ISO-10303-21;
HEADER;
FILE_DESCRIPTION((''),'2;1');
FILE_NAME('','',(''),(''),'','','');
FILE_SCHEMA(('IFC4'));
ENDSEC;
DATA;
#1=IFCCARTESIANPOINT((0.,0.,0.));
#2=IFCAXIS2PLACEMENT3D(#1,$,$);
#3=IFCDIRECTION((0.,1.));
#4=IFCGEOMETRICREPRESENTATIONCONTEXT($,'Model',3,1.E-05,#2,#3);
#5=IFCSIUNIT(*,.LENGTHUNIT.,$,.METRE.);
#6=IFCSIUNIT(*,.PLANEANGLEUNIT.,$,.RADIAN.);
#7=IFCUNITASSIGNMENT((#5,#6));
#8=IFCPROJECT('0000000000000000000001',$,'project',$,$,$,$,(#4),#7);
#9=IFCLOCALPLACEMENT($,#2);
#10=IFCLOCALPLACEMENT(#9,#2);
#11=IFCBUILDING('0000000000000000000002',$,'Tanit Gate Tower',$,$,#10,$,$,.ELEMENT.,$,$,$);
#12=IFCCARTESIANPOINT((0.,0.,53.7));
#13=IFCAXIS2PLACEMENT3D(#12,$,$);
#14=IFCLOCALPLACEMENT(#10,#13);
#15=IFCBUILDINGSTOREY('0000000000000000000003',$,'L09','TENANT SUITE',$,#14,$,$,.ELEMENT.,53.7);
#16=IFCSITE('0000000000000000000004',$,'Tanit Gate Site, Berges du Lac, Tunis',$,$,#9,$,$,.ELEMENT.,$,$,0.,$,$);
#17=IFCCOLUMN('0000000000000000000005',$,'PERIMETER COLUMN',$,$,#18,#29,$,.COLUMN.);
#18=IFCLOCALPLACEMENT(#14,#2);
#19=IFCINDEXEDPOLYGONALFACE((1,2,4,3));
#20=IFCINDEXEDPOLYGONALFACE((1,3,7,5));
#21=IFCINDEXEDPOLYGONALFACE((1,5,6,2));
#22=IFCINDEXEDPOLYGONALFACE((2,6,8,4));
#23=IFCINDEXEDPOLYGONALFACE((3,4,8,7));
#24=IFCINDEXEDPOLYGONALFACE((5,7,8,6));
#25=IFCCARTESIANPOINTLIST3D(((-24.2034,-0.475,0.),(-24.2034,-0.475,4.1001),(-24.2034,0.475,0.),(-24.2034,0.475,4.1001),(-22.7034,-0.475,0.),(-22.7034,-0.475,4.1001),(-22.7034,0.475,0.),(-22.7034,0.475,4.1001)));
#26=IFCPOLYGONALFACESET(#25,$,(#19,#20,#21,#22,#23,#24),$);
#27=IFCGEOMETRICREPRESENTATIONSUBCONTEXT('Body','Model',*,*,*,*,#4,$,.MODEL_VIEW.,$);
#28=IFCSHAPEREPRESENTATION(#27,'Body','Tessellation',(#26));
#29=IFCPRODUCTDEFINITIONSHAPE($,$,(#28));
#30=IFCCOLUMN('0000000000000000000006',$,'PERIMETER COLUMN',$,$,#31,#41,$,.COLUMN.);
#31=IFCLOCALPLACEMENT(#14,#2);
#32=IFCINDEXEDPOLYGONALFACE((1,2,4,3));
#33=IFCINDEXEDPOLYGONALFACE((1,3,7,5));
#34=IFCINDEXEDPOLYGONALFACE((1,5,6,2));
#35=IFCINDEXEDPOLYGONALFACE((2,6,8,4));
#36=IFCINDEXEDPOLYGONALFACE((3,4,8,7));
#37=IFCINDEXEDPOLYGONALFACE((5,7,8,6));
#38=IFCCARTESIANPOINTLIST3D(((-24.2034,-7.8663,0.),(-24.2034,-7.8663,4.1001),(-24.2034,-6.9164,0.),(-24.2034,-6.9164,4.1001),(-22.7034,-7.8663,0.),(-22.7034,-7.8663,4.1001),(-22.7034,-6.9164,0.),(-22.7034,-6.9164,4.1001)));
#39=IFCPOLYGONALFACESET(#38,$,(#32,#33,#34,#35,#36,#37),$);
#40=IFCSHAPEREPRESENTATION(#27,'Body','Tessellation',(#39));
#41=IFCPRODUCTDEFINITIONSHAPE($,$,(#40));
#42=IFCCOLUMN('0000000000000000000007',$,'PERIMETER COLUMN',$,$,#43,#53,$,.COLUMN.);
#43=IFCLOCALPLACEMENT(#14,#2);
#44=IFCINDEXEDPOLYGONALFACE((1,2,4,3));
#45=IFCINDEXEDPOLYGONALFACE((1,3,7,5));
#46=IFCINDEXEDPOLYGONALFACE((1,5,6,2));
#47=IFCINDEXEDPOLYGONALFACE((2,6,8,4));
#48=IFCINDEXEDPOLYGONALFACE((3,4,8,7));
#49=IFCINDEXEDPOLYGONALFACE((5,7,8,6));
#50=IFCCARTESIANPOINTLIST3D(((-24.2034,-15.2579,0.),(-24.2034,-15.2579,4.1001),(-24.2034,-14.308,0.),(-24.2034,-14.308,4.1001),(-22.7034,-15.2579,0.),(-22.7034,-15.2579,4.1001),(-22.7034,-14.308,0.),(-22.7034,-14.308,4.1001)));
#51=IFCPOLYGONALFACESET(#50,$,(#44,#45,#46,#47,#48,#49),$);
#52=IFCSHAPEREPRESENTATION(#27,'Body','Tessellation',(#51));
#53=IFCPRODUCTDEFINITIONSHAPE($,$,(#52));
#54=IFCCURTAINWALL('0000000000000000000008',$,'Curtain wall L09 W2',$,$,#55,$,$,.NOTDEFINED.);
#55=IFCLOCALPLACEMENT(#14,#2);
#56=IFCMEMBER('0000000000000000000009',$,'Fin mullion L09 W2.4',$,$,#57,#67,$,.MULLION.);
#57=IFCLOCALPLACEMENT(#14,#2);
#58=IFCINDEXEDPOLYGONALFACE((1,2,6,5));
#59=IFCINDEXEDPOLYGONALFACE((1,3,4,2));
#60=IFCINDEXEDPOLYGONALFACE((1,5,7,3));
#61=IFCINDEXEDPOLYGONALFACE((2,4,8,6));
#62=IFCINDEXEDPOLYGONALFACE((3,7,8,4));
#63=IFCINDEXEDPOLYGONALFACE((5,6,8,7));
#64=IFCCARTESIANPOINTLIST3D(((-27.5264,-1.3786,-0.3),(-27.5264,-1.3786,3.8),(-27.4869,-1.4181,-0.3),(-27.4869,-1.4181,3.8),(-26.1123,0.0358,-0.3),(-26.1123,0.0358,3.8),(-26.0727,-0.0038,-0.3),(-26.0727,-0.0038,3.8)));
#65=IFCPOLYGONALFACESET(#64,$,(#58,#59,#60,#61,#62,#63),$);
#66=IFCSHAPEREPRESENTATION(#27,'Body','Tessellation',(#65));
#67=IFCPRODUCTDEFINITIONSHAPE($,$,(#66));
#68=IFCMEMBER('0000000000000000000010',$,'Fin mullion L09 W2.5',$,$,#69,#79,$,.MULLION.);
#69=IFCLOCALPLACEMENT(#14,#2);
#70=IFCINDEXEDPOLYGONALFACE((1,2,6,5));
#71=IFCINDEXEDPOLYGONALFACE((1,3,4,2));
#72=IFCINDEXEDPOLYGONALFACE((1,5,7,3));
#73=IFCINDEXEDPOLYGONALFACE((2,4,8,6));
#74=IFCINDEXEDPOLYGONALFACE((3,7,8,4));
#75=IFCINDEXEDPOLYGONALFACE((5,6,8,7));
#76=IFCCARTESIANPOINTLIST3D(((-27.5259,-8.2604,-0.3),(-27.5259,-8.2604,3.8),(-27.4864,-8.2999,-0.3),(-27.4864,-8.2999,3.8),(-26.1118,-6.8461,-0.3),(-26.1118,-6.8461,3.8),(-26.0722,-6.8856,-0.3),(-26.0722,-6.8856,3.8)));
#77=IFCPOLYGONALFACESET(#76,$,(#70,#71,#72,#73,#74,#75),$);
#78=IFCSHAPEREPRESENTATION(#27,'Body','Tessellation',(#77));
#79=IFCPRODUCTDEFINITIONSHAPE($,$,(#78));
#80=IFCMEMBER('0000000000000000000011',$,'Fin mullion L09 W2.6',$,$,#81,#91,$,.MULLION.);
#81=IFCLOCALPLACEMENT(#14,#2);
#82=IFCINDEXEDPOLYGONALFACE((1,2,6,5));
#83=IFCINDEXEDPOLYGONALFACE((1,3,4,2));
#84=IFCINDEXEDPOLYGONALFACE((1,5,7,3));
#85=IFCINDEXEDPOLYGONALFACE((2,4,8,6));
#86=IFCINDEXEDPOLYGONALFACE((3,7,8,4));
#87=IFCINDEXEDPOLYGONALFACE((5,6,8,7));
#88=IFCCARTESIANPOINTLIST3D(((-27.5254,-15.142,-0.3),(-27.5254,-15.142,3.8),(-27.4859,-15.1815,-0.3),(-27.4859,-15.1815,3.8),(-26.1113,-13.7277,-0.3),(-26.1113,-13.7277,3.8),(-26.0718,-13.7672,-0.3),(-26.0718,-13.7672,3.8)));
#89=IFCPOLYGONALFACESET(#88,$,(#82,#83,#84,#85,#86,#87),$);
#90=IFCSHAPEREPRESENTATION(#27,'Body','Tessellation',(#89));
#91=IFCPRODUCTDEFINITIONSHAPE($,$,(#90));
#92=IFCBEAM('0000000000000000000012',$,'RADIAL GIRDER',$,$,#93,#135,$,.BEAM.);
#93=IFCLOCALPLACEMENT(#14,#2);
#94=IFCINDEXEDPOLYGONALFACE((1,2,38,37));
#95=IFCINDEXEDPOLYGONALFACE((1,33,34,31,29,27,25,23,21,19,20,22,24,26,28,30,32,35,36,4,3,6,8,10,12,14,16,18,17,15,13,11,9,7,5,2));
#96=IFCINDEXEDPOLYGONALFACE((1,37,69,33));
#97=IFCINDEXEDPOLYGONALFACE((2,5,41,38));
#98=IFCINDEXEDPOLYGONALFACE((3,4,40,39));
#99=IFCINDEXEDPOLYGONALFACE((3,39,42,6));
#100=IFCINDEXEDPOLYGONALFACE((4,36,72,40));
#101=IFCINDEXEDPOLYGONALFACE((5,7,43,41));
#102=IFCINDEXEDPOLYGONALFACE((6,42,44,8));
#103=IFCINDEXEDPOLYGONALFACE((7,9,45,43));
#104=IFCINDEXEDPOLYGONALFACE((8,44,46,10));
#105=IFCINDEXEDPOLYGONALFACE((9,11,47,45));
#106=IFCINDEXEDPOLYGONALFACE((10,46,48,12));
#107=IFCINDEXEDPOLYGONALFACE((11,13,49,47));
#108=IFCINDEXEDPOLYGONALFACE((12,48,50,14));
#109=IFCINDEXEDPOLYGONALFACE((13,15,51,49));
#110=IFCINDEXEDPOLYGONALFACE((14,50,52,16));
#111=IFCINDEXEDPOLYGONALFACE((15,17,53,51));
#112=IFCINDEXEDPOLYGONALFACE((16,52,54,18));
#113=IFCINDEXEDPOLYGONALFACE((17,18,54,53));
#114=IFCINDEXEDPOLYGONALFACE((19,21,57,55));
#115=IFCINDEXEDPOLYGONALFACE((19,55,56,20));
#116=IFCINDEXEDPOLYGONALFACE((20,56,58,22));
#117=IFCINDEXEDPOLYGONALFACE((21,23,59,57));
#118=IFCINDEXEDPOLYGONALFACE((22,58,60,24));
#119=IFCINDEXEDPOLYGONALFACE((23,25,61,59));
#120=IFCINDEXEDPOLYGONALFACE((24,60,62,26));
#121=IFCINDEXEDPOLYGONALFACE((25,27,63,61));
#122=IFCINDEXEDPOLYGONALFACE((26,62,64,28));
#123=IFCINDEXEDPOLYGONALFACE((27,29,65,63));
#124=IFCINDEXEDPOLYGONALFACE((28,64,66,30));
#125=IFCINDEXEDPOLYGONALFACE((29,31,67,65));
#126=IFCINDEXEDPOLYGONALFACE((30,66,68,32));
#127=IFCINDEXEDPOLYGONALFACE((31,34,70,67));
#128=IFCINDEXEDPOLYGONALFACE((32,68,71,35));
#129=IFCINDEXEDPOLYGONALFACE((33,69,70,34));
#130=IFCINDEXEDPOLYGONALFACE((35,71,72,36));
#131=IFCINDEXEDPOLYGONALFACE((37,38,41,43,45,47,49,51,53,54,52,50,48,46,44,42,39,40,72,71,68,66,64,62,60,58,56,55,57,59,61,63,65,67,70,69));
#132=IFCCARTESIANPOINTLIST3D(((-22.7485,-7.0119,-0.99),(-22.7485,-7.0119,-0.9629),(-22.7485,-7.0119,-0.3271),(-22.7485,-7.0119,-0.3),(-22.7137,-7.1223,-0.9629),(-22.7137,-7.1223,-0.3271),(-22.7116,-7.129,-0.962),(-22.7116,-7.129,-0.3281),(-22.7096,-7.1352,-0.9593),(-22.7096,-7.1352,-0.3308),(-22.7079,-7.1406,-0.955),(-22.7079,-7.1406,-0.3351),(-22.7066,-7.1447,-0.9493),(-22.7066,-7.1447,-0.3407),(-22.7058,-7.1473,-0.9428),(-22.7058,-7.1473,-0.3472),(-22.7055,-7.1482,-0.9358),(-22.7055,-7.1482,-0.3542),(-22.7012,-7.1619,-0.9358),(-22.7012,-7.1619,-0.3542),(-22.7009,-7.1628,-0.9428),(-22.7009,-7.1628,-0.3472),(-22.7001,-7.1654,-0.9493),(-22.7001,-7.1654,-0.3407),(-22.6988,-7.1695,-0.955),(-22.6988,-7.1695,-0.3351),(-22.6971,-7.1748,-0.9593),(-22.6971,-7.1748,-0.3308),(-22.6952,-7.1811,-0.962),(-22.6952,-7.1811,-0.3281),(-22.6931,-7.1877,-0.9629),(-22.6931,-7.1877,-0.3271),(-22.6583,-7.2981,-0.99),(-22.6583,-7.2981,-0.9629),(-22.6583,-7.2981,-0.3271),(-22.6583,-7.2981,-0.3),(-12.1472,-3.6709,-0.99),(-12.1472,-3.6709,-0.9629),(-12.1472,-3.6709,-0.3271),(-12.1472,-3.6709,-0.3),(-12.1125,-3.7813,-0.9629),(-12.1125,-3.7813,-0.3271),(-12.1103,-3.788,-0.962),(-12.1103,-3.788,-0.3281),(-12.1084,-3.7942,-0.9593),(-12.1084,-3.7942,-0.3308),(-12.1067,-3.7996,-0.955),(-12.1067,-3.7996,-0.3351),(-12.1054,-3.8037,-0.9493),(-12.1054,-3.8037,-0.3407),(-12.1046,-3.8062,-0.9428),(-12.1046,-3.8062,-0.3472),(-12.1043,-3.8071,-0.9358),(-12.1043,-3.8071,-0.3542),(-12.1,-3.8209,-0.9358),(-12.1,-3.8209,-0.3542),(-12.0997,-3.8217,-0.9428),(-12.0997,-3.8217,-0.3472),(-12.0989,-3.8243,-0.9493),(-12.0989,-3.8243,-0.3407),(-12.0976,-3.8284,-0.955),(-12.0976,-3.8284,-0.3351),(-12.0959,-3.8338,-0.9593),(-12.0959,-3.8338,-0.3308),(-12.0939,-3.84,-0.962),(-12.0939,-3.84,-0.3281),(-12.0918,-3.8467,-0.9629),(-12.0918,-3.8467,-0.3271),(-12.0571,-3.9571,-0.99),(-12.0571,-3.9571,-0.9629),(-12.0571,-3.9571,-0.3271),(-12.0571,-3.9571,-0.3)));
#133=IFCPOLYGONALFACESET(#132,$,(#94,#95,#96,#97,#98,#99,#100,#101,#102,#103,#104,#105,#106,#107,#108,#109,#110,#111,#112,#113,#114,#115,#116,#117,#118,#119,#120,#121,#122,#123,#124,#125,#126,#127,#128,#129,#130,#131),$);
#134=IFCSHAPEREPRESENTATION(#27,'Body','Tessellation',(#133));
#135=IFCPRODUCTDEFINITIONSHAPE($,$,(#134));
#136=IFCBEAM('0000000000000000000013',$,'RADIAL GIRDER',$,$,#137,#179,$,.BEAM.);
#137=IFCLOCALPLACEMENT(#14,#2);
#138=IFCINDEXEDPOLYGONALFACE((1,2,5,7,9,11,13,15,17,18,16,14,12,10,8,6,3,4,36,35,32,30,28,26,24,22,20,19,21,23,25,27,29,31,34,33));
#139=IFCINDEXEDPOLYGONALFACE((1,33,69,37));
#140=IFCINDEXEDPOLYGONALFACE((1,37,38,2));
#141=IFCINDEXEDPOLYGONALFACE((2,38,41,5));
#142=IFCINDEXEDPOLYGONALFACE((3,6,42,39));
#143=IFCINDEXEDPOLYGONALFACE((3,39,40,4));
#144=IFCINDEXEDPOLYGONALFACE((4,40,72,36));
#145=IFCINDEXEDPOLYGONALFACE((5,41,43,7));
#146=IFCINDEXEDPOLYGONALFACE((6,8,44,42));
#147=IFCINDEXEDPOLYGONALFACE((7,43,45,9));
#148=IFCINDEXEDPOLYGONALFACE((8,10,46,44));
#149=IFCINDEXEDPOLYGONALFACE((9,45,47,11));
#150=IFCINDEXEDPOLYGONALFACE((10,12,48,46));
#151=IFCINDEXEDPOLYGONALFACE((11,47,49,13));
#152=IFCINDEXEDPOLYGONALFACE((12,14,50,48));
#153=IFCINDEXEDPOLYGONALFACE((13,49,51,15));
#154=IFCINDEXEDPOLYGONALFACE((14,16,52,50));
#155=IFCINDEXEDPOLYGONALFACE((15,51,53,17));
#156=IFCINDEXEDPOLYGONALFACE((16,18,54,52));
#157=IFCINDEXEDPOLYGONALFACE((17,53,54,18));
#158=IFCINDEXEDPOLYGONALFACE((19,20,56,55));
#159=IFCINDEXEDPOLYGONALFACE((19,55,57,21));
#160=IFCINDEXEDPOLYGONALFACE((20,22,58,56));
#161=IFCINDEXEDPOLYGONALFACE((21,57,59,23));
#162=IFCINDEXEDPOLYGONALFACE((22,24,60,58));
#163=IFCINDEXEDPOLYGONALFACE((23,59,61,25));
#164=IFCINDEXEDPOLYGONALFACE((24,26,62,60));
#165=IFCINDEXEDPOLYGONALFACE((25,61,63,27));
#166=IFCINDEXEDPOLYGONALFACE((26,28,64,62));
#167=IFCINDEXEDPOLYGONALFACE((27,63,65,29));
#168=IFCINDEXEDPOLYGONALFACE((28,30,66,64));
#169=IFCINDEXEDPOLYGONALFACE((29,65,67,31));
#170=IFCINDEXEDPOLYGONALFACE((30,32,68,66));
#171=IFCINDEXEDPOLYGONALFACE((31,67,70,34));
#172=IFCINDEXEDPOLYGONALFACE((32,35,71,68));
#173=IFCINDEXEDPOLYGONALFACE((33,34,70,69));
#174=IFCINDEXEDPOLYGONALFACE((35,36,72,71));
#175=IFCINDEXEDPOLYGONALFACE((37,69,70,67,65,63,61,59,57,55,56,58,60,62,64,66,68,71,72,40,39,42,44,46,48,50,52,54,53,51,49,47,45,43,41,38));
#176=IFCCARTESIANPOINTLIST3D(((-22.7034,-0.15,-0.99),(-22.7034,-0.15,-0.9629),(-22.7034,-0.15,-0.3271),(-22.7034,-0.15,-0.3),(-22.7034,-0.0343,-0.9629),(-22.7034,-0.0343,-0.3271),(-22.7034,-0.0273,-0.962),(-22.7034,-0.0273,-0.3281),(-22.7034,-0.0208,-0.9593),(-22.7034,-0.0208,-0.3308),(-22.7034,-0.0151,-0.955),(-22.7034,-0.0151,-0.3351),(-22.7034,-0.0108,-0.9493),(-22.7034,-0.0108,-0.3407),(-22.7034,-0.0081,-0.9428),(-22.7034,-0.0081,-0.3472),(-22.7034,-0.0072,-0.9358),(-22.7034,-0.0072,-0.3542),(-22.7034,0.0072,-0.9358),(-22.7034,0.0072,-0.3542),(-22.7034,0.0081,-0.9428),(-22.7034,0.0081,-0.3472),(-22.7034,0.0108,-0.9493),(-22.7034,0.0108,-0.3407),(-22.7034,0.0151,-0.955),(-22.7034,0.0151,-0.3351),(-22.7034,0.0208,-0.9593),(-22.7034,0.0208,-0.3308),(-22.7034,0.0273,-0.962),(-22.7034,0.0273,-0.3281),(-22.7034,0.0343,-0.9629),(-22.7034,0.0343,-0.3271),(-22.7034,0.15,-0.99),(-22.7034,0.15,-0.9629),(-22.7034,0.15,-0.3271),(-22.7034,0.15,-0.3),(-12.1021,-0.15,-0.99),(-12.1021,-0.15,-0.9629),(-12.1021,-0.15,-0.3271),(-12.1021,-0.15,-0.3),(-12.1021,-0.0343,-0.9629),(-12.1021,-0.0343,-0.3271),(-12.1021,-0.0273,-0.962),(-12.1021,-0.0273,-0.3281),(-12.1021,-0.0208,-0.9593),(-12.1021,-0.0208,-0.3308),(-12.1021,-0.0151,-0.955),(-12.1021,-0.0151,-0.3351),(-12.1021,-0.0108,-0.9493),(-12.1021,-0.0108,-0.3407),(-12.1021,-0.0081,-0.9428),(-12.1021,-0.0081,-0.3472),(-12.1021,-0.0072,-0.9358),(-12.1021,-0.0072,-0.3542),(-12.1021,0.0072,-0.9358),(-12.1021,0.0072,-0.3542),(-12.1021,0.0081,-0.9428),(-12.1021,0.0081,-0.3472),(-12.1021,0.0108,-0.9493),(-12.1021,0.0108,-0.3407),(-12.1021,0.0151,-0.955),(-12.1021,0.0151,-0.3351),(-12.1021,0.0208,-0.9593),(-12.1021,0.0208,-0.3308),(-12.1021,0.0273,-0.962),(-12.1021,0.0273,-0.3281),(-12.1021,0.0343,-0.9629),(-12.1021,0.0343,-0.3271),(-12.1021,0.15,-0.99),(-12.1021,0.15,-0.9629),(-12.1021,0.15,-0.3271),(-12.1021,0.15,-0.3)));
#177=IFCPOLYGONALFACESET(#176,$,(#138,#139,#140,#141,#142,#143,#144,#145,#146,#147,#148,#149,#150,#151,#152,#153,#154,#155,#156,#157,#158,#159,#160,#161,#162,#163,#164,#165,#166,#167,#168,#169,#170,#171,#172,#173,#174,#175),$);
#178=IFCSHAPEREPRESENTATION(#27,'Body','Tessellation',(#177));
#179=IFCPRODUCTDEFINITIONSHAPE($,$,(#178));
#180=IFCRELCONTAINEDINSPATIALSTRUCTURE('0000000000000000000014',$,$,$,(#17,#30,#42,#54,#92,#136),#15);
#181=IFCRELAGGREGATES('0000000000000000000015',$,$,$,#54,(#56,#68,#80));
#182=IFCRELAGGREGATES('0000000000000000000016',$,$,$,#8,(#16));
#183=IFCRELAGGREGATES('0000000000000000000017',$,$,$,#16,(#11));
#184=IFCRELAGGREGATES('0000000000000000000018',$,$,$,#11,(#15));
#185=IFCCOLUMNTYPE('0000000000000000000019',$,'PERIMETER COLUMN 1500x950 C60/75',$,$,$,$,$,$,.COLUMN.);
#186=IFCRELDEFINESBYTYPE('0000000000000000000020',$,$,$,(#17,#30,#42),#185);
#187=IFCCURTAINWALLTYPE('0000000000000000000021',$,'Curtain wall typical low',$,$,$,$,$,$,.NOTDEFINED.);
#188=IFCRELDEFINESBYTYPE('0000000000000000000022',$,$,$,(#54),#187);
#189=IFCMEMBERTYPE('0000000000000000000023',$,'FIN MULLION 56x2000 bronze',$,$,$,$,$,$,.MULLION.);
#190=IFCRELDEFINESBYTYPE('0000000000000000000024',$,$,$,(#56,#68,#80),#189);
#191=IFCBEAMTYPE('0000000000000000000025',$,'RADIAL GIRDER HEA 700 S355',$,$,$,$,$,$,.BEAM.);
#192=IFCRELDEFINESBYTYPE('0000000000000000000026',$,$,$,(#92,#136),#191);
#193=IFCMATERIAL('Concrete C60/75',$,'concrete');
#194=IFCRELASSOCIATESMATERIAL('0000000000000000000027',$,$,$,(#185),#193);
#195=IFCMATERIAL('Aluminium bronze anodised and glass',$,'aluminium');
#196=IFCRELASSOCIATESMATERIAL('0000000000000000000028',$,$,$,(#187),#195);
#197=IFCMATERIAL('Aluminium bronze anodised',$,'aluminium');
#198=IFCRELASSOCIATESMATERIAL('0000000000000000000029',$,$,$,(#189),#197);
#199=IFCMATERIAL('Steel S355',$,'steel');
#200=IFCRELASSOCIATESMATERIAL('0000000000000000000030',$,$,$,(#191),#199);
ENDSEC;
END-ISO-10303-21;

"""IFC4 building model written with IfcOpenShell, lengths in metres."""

from ifc_helpers import new_model, si_unit, direction, frame, origin, origin_2d, place, context, subcontext, project, spatial, rectangle, i_section, extrude, material, material_profile, profile_set, type_object, element, aggregate, save


model = new_model("IFC4")

# Units and contexts
model_context = context("Model", 3, precision=1e-05, world=origin(), true_north=direction((0.0, 1.0)))
body_context = subcontext(model_context, "Body", "Model", "MODEL_VIEW")
ifc_project = project(units=[si_unit("LENGTHUNIT", "METRE"), si_unit("PLANEANGLEUNIT", "RADIAN")], contexts=[model_context])

# Site, building, storey
site_placement = place(None, origin())
site = spatial("IfcSite", under=ifc_project, at=site_placement, Name="Tanit Gate Site, Berges du Lac, Tunis", CompositionType="ELEMENT", RefElevation=0.0)
building_placement = place(site_placement, origin())
building = spatial("IfcBuilding", under=site, at=building_placement, Name="Tanit Gate Tower", CompositionType="ELEMENT")
storey_placement = place(building_placement, frame((0.0, 0.0, 53.7)))
storey = spatial("IfcBuildingStorey", under=building, at=storey_placement, Name="L09", Description="TENANT SUITE", CompositionType="ELEMENT", Elevation=53.7)

# Columns
ifc_material_1 = material(Name="Concrete C60/75", Category="concrete")
ifc_material_profile_1 = material_profile(ifc_material_1, rectangle(XDim=1.5, YDim=0.95, at=origin_2d()), Name="RC 1500x950")
ifc_profile_set_1 = profile_set([ifc_material_profile_1], Name="Concrete C60/75")
column_type = type_object("IfcColumnType", Name="PERIMETER COLUMN 1500x950 C60/75", PredefinedType="COLUMN", material=ifc_profile_set_1)
for number, where, z_axis, x_axis, name in (
    (1, (-23.4534, 0.0, 0.0), (0.0, 0.0, 1.0), (-1.0, 0.0, 0.0), "PERIMETER COLUMN"),
    (2, (-23.4534, -7.3914, 0.0), (0.0, 0.0, 1.0), (-1.0, 0.0, 0.0), "PERIMETER COLUMN"),
    (3, (-23.4534, -14.783, 0.0), (0.0, 0.0, 1.0), (-1.0, 0.0, 0.0), "PERIMETER COLUMN"),
):
    element("IfcColumn", number, at=place(storey_placement, frame(where, z_axis=z_axis, x_axis=x_axis)), inside=storey, type_object=column_type, Name=name, PredefinedType="COLUMN", context=body_context, shape_type="SweptSolid", body=[
        extrude(rectangle(XDim=1.5, YDim=0.95, at=origin_2d()), origin(), (0.0, 0.0, 1.0), 4.1001),
    ])

# Curtain wall, members
ifc_material_2 = material(Name="Aluminium bronze anodised and glass", Category="aluminium")
curtain_wall_type = type_object("IfcCurtainWallType", Name="Curtain wall typical low", PredefinedType="NOTDEFINED", material=ifc_material_2)
curtain_wall_placement = place(storey_placement, origin())
curtain_wall = element("IfcCurtainWall", 4, at=curtain_wall_placement, inside=storey, type_object=curtain_wall_type, Name="Curtain wall L09 W2", PredefinedType="NOTDEFINED")
ifc_material_3 = material(Name="Aluminium bronze anodised", Category="aluminium")
ifc_material_profile_2 = material_profile(ifc_material_3, rectangle(XDim=2.0, YDim=0.0559, at=origin_2d()), Name="56x2000 bronze fin mullion")
ifc_profile_set_2 = profile_set([ifc_material_profile_2], Name="Aluminium bronze anodised")
member_type_1 = type_object("IfcMemberType", Name="FIN MULLION 56x2000 bronze", PredefinedType="MULLION", material=ifc_profile_set_2)
member_1_placement = place(storey_placement, frame((-26.7996, -0.6912, -0.3), z_axis=(0.0, 0.0, 1.0), x_axis=(0.707058, 0.707156, 0.0)))
member_1 = element("IfcMember", 5, at=member_1_placement, type_object=member_type_1, Name="Fin mullion L09 W2.4", PredefinedType="MULLION", context=body_context, shape_type="SweptSolid", body=[
    extrude(rectangle(XDim=2.0, YDim=0.0559, at=origin_2d()), origin(), (0.0, 0.0, 1.0), 4.1001),
])
member_2_placement = place(storey_placement, frame((-26.7991, -7.573, -0.3), z_axis=(0.0, 0.0, 1.0), x_axis=(0.707058, 0.707156, 0.0)))
member_2 = element("IfcMember", 6, at=member_2_placement, type_object=member_type_1, Name="Fin mullion L09 W2.5", PredefinedType="MULLION", context=body_context, shape_type="SweptSolid", body=[
    extrude(rectangle(XDim=2.0, YDim=0.0559, at=origin_2d()), origin(), (0.0, 0.0, 1.0), 4.1001),
])
member_3_placement = place(storey_placement, frame((-26.7986, -14.4546, -0.3), z_axis=(0.0, 0.0, 1.0), x_axis=(0.707058, 0.707156, 0.0)))
member_3 = element("IfcMember", 7, at=member_3_placement, type_object=member_type_1, Name="Fin mullion L09 W2.6", PredefinedType="MULLION", context=body_context, shape_type="SweptSolid", body=[
    extrude(rectangle(XDim=2.0, YDim=0.0559, at=origin_2d()), origin(), (0.0, 0.0, 1.0), 4.1001),
])

# Beams
ifc_material_4 = material(Name="Steel S355", Category="steel")
ifc_material_profile_3 = material_profile(ifc_material_4, i_section(OverallWidth=0.3, OverallDepth=0.6899, WebThickness=0.0144, FlangeThickness=0.0271, FilletRadius=0.0271, at=origin_2d()), Name="HEA 700")
ifc_profile_set_3 = profile_set([ifc_material_profile_3], Name="Steel S355")
beam_type_1 = type_object("IfcBeamType", Name="RADIAL GIRDER HEA 700 S355", PredefinedType="BEAM", material=ifc_profile_set_3)
beam_1_placement = place(storey_placement, frame((-22.7034, -7.155, -0.645), z_axis=(0.953756, 0.300582, 0.0), x_axis=(-0.300582, 0.953756, 0.0)))
element("IfcBeam", 8, at=beam_1_placement, inside=storey, type_object=beam_type_1, Name="RADIAL GIRDER", PredefinedType="BEAM", context=body_context, shape_type="SweptSolid", body=[
    extrude(i_section(OverallWidth=0.3, OverallDepth=0.6899, WebThickness=0.0144, FlangeThickness=0.0271, FilletRadius=0.0271, at=origin_2d()), origin(), (0.0, 0.0, 1.0), 11.1152),
])
beam_2_placement = place(storey_placement, frame((-22.7034, 0.0, -0.645), z_axis=(1.0, 0.0, 0.0), x_axis=(0.0, 1.0, 0.0)))
element("IfcBeam", 9, at=beam_2_placement, inside=storey, type_object=beam_type_1, Name="RADIAL GIRDER", PredefinedType="BEAM", context=body_context, shape_type="SweptSolid", body=[
    extrude(i_section(OverallWidth=0.3, OverallDepth=0.6899, WebThickness=0.0144, FlangeThickness=0.0271, FilletRadius=0.0271, at=origin_2d()), origin(), (0.0, 0.0, 1.0), 10.6013),
])

aggregate(curtain_wall, [member_1, member_2, member_3])

save(model, "model.ifc")
